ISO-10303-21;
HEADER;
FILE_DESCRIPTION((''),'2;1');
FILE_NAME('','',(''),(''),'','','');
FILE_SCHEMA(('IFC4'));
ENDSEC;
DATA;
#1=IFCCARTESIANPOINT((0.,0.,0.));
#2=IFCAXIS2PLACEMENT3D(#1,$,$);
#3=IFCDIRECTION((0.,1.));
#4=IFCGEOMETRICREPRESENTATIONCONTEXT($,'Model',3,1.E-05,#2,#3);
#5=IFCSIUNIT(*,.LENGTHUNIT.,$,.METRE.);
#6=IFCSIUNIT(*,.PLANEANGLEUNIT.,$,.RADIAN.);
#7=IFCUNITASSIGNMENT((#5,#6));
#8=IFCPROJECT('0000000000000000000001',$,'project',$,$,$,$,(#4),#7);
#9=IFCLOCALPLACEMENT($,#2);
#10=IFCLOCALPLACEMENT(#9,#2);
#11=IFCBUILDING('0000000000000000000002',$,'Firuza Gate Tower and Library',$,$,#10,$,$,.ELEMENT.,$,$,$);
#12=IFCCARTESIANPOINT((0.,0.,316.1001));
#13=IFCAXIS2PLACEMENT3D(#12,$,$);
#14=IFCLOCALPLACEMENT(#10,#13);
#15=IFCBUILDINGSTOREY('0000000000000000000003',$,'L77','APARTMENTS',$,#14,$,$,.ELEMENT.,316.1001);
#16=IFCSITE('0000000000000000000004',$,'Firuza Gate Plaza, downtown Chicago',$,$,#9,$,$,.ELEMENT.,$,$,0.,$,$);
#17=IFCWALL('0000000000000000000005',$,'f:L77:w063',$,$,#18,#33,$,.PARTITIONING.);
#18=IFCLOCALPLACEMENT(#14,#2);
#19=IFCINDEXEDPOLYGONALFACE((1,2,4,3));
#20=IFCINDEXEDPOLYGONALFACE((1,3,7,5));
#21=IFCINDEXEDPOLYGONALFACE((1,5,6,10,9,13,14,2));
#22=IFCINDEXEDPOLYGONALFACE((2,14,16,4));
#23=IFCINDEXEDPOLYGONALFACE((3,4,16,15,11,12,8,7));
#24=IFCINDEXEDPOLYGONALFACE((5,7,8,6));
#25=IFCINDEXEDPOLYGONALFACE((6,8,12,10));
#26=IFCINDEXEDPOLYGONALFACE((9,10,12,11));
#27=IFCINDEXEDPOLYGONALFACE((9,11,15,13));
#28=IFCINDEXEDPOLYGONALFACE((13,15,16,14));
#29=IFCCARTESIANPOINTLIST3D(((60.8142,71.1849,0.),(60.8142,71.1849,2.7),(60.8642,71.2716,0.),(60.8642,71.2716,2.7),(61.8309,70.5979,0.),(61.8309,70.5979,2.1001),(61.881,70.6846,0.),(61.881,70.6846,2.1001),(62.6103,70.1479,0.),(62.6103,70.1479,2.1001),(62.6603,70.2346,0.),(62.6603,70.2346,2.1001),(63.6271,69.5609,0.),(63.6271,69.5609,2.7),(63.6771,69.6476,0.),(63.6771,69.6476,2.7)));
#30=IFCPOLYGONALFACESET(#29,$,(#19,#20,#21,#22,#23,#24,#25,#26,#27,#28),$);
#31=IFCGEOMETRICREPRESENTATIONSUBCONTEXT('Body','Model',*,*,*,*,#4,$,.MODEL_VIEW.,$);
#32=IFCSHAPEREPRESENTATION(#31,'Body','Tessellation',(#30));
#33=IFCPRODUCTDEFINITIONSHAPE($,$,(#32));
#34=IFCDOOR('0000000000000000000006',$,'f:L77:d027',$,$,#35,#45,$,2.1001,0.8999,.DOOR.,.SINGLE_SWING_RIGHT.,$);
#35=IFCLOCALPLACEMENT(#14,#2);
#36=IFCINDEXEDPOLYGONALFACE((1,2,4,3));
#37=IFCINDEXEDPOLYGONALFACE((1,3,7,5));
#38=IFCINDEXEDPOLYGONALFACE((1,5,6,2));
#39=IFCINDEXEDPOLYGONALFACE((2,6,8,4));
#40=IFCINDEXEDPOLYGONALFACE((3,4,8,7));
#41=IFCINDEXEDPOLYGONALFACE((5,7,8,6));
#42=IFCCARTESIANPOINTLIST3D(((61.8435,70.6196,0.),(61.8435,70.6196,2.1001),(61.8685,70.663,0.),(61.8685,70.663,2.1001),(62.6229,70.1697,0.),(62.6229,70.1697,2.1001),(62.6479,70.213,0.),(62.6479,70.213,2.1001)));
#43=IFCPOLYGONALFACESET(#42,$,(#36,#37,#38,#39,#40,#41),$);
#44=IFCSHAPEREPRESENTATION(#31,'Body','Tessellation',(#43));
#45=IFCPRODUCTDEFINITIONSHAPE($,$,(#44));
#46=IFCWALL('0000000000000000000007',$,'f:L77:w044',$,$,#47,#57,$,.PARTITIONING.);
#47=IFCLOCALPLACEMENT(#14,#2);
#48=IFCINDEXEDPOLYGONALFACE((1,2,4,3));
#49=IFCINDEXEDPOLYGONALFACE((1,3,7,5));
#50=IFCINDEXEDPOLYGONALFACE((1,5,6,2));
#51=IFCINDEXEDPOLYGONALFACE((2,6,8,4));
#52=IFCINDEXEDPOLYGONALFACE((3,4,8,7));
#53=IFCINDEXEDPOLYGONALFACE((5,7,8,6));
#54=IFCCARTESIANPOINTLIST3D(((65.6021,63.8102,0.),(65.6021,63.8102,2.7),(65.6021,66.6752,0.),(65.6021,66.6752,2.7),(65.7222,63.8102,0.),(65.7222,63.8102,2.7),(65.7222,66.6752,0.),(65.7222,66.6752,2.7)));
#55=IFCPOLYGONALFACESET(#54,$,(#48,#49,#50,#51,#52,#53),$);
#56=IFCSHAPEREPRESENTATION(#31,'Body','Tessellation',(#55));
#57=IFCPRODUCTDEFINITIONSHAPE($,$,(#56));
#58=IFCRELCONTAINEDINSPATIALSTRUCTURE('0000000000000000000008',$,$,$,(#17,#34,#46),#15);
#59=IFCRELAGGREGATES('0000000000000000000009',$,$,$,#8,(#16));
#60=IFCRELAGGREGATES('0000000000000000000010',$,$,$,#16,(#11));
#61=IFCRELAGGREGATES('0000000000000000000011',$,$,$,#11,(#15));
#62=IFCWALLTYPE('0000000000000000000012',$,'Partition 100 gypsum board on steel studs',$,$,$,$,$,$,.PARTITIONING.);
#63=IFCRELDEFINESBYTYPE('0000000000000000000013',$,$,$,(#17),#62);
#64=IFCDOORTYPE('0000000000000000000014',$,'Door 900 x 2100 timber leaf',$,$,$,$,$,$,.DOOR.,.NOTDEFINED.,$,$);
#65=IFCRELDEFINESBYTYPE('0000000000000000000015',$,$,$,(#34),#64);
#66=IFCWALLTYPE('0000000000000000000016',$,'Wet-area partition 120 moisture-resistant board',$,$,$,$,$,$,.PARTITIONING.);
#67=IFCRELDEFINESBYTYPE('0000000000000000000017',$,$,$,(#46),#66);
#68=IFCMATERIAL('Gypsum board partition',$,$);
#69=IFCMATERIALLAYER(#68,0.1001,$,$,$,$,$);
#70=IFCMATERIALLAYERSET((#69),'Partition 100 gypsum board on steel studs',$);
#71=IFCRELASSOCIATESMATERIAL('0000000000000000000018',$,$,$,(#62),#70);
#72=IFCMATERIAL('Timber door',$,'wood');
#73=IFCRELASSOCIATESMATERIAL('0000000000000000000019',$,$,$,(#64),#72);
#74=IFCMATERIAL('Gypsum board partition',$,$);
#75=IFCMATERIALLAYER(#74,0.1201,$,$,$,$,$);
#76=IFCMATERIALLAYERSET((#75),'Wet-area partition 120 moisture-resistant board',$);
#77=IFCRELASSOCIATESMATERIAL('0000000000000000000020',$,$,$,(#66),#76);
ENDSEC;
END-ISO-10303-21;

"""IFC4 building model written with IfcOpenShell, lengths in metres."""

from ifc_helpers import new_model, si_unit, direction, frame, frame_2d, origin, place, context, subcontext, project, spatial, rectangle, extrude, material, layer, layer_set, type_object, element, fill, save


model = new_model("IFC4")

# Units and contexts
model_context = context("Model", 3, precision=1e-05, world=origin(), true_north=direction((0.0, 1.0)))
body_context = subcontext(model_context, "Body", "Model", "MODEL_VIEW")
ifc_project = project(units=[si_unit("LENGTHUNIT", "METRE"), si_unit("PLANEANGLEUNIT", "RADIAN")], contexts=[model_context])

# Site, building, storey
site_placement = place(None, origin())
site = spatial("IfcSite", under=ifc_project, at=site_placement, Name="Firuza Gate Plaza, downtown Chicago", CompositionType="ELEMENT", RefElevation=0.0)
building_placement = place(site_placement, origin())
building = spatial("IfcBuilding", under=site, at=building_placement, Name="Firuza Gate Tower and Library", CompositionType="ELEMENT")
storey_placement = place(building_placement, frame((0.0, 0.0, 316.1001)))
storey = spatial("IfcBuildingStorey", under=building, at=storey_placement, Name="L77", Description="APARTMENTS", CompositionType="ELEMENT", Elevation=316.1001)

# Shared definitions
ifc_material_1 = material(Name="Gypsum board partition")
ifc_layer_1 = layer(ifc_material_1, 0.1001)
ifc_layer_set_1 = layer_set([ifc_layer_1], Name="Partition 100 gypsum board on steel studs")
wall_type_1 = type_object("IfcWallType", Name="Partition 100 gypsum board on steel studs", PredefinedType="PARTITIONING", material=ifc_layer_set_1)

# Wall, opening, door
ifc_material_2 = material(Name="Timber door", Category="wood")
door_type_1 = type_object("IfcDoorType", Name="Door 900 x 2100 timber leaf", OperationType="NOTDEFINED", PredefinedType="DOOR", material=ifc_material_2)
wall_1_placement = place(storey_placement, frame((63.6521, 69.6042, 0.0), z_axis=(0.0, 0.0, 1.0), x_axis=(-0.866033, 0.499987, 0.0)))
wall_1 = element("IfcWall", 1, at=wall_1_placement, inside=storey, type_object=wall_type_1, Name="f:L77:w063", PredefinedType="PARTITIONING", context=body_context, shape_type="SweptSolid", body=[
    extrude(rectangle(XDim=3.248, YDim=0.1001, at=frame_2d((1.624, 0.0))), origin(), (0.0, 0.0, 1.0), 2.7),
])
opening_1_placement = place(wall_1_placement, frame((1.1741, 0.0, 0.0)))
opening_1 = element("IfcOpeningElement", 2, at=opening_1_placement, cuts=wall_1, PredefinedType="OPENING", context=body_context, shape_type="SweptSolid", body=[
    extrude(rectangle(XDim=0.8999, YDim=2.1001, at=frame_2d((0.45, 1.05))), frame((0.0, 0.0601, 0.0), z_axis=(0.0, -1.0, 0.0), x_axis=(1.0, 0.0, 0.0)), (0.0, 0.0, 1.0), 0.1201),
])
door_1_placement = place(opening_1_placement, origin())
door_1 = element("IfcDoor", 3, at=door_1_placement, inside=storey, type_object=door_type_1, Name="f:L77:d027", OperationType="SINGLE_SWING_RIGHT", OverallHeight=2.1001, OverallWidth=0.8999, PredefinedType="DOOR", context=body_context, shape_type="SweptSolid", body=[
    extrude(rectangle(XDim=0.8999, YDim=2.1001, at=frame_2d((0.45, 1.05))), frame((0.0, 0.0249, 0.0), z_axis=(0.0, -1.0, 0.0), x_axis=(1.0, 0.0, 0.0)), (0.0, 0.0, 1.0), 0.05),
])
fill(opening_1, door_1)

# Wall
ifc_material_3 = material(Name="Gypsum board partition")
ifc_layer_2 = layer(ifc_material_3, 0.1201)
ifc_layer_set_2 = layer_set([ifc_layer_2], Name="Wet-area partition 120 moisture-resistant board")
wall_type_2 = type_object("IfcWallType", Name="Wet-area partition 120 moisture-resistant board", PredefinedType="PARTITIONING", material=ifc_layer_set_2)
wall_2_placement = place(storey_placement, frame((65.6621, 63.8101, 0.0), z_axis=(0.0, 0.0, 1.0), x_axis=(0.0, 1.0, 0.0)))
element("IfcWall", 4, at=wall_2_placement, inside=storey, type_object=wall_type_2, Name="f:L77:w044", PredefinedType="PARTITIONING", context=body_context, shape_type="SweptSolid", body=[
    extrude(rectangle(XDim=2.865, YDim=0.1201, at=frame_2d((1.4326, 0.0))), origin(), (0.0, 0.0, 1.0), 2.7),
])

save(model, "model.ifc")
